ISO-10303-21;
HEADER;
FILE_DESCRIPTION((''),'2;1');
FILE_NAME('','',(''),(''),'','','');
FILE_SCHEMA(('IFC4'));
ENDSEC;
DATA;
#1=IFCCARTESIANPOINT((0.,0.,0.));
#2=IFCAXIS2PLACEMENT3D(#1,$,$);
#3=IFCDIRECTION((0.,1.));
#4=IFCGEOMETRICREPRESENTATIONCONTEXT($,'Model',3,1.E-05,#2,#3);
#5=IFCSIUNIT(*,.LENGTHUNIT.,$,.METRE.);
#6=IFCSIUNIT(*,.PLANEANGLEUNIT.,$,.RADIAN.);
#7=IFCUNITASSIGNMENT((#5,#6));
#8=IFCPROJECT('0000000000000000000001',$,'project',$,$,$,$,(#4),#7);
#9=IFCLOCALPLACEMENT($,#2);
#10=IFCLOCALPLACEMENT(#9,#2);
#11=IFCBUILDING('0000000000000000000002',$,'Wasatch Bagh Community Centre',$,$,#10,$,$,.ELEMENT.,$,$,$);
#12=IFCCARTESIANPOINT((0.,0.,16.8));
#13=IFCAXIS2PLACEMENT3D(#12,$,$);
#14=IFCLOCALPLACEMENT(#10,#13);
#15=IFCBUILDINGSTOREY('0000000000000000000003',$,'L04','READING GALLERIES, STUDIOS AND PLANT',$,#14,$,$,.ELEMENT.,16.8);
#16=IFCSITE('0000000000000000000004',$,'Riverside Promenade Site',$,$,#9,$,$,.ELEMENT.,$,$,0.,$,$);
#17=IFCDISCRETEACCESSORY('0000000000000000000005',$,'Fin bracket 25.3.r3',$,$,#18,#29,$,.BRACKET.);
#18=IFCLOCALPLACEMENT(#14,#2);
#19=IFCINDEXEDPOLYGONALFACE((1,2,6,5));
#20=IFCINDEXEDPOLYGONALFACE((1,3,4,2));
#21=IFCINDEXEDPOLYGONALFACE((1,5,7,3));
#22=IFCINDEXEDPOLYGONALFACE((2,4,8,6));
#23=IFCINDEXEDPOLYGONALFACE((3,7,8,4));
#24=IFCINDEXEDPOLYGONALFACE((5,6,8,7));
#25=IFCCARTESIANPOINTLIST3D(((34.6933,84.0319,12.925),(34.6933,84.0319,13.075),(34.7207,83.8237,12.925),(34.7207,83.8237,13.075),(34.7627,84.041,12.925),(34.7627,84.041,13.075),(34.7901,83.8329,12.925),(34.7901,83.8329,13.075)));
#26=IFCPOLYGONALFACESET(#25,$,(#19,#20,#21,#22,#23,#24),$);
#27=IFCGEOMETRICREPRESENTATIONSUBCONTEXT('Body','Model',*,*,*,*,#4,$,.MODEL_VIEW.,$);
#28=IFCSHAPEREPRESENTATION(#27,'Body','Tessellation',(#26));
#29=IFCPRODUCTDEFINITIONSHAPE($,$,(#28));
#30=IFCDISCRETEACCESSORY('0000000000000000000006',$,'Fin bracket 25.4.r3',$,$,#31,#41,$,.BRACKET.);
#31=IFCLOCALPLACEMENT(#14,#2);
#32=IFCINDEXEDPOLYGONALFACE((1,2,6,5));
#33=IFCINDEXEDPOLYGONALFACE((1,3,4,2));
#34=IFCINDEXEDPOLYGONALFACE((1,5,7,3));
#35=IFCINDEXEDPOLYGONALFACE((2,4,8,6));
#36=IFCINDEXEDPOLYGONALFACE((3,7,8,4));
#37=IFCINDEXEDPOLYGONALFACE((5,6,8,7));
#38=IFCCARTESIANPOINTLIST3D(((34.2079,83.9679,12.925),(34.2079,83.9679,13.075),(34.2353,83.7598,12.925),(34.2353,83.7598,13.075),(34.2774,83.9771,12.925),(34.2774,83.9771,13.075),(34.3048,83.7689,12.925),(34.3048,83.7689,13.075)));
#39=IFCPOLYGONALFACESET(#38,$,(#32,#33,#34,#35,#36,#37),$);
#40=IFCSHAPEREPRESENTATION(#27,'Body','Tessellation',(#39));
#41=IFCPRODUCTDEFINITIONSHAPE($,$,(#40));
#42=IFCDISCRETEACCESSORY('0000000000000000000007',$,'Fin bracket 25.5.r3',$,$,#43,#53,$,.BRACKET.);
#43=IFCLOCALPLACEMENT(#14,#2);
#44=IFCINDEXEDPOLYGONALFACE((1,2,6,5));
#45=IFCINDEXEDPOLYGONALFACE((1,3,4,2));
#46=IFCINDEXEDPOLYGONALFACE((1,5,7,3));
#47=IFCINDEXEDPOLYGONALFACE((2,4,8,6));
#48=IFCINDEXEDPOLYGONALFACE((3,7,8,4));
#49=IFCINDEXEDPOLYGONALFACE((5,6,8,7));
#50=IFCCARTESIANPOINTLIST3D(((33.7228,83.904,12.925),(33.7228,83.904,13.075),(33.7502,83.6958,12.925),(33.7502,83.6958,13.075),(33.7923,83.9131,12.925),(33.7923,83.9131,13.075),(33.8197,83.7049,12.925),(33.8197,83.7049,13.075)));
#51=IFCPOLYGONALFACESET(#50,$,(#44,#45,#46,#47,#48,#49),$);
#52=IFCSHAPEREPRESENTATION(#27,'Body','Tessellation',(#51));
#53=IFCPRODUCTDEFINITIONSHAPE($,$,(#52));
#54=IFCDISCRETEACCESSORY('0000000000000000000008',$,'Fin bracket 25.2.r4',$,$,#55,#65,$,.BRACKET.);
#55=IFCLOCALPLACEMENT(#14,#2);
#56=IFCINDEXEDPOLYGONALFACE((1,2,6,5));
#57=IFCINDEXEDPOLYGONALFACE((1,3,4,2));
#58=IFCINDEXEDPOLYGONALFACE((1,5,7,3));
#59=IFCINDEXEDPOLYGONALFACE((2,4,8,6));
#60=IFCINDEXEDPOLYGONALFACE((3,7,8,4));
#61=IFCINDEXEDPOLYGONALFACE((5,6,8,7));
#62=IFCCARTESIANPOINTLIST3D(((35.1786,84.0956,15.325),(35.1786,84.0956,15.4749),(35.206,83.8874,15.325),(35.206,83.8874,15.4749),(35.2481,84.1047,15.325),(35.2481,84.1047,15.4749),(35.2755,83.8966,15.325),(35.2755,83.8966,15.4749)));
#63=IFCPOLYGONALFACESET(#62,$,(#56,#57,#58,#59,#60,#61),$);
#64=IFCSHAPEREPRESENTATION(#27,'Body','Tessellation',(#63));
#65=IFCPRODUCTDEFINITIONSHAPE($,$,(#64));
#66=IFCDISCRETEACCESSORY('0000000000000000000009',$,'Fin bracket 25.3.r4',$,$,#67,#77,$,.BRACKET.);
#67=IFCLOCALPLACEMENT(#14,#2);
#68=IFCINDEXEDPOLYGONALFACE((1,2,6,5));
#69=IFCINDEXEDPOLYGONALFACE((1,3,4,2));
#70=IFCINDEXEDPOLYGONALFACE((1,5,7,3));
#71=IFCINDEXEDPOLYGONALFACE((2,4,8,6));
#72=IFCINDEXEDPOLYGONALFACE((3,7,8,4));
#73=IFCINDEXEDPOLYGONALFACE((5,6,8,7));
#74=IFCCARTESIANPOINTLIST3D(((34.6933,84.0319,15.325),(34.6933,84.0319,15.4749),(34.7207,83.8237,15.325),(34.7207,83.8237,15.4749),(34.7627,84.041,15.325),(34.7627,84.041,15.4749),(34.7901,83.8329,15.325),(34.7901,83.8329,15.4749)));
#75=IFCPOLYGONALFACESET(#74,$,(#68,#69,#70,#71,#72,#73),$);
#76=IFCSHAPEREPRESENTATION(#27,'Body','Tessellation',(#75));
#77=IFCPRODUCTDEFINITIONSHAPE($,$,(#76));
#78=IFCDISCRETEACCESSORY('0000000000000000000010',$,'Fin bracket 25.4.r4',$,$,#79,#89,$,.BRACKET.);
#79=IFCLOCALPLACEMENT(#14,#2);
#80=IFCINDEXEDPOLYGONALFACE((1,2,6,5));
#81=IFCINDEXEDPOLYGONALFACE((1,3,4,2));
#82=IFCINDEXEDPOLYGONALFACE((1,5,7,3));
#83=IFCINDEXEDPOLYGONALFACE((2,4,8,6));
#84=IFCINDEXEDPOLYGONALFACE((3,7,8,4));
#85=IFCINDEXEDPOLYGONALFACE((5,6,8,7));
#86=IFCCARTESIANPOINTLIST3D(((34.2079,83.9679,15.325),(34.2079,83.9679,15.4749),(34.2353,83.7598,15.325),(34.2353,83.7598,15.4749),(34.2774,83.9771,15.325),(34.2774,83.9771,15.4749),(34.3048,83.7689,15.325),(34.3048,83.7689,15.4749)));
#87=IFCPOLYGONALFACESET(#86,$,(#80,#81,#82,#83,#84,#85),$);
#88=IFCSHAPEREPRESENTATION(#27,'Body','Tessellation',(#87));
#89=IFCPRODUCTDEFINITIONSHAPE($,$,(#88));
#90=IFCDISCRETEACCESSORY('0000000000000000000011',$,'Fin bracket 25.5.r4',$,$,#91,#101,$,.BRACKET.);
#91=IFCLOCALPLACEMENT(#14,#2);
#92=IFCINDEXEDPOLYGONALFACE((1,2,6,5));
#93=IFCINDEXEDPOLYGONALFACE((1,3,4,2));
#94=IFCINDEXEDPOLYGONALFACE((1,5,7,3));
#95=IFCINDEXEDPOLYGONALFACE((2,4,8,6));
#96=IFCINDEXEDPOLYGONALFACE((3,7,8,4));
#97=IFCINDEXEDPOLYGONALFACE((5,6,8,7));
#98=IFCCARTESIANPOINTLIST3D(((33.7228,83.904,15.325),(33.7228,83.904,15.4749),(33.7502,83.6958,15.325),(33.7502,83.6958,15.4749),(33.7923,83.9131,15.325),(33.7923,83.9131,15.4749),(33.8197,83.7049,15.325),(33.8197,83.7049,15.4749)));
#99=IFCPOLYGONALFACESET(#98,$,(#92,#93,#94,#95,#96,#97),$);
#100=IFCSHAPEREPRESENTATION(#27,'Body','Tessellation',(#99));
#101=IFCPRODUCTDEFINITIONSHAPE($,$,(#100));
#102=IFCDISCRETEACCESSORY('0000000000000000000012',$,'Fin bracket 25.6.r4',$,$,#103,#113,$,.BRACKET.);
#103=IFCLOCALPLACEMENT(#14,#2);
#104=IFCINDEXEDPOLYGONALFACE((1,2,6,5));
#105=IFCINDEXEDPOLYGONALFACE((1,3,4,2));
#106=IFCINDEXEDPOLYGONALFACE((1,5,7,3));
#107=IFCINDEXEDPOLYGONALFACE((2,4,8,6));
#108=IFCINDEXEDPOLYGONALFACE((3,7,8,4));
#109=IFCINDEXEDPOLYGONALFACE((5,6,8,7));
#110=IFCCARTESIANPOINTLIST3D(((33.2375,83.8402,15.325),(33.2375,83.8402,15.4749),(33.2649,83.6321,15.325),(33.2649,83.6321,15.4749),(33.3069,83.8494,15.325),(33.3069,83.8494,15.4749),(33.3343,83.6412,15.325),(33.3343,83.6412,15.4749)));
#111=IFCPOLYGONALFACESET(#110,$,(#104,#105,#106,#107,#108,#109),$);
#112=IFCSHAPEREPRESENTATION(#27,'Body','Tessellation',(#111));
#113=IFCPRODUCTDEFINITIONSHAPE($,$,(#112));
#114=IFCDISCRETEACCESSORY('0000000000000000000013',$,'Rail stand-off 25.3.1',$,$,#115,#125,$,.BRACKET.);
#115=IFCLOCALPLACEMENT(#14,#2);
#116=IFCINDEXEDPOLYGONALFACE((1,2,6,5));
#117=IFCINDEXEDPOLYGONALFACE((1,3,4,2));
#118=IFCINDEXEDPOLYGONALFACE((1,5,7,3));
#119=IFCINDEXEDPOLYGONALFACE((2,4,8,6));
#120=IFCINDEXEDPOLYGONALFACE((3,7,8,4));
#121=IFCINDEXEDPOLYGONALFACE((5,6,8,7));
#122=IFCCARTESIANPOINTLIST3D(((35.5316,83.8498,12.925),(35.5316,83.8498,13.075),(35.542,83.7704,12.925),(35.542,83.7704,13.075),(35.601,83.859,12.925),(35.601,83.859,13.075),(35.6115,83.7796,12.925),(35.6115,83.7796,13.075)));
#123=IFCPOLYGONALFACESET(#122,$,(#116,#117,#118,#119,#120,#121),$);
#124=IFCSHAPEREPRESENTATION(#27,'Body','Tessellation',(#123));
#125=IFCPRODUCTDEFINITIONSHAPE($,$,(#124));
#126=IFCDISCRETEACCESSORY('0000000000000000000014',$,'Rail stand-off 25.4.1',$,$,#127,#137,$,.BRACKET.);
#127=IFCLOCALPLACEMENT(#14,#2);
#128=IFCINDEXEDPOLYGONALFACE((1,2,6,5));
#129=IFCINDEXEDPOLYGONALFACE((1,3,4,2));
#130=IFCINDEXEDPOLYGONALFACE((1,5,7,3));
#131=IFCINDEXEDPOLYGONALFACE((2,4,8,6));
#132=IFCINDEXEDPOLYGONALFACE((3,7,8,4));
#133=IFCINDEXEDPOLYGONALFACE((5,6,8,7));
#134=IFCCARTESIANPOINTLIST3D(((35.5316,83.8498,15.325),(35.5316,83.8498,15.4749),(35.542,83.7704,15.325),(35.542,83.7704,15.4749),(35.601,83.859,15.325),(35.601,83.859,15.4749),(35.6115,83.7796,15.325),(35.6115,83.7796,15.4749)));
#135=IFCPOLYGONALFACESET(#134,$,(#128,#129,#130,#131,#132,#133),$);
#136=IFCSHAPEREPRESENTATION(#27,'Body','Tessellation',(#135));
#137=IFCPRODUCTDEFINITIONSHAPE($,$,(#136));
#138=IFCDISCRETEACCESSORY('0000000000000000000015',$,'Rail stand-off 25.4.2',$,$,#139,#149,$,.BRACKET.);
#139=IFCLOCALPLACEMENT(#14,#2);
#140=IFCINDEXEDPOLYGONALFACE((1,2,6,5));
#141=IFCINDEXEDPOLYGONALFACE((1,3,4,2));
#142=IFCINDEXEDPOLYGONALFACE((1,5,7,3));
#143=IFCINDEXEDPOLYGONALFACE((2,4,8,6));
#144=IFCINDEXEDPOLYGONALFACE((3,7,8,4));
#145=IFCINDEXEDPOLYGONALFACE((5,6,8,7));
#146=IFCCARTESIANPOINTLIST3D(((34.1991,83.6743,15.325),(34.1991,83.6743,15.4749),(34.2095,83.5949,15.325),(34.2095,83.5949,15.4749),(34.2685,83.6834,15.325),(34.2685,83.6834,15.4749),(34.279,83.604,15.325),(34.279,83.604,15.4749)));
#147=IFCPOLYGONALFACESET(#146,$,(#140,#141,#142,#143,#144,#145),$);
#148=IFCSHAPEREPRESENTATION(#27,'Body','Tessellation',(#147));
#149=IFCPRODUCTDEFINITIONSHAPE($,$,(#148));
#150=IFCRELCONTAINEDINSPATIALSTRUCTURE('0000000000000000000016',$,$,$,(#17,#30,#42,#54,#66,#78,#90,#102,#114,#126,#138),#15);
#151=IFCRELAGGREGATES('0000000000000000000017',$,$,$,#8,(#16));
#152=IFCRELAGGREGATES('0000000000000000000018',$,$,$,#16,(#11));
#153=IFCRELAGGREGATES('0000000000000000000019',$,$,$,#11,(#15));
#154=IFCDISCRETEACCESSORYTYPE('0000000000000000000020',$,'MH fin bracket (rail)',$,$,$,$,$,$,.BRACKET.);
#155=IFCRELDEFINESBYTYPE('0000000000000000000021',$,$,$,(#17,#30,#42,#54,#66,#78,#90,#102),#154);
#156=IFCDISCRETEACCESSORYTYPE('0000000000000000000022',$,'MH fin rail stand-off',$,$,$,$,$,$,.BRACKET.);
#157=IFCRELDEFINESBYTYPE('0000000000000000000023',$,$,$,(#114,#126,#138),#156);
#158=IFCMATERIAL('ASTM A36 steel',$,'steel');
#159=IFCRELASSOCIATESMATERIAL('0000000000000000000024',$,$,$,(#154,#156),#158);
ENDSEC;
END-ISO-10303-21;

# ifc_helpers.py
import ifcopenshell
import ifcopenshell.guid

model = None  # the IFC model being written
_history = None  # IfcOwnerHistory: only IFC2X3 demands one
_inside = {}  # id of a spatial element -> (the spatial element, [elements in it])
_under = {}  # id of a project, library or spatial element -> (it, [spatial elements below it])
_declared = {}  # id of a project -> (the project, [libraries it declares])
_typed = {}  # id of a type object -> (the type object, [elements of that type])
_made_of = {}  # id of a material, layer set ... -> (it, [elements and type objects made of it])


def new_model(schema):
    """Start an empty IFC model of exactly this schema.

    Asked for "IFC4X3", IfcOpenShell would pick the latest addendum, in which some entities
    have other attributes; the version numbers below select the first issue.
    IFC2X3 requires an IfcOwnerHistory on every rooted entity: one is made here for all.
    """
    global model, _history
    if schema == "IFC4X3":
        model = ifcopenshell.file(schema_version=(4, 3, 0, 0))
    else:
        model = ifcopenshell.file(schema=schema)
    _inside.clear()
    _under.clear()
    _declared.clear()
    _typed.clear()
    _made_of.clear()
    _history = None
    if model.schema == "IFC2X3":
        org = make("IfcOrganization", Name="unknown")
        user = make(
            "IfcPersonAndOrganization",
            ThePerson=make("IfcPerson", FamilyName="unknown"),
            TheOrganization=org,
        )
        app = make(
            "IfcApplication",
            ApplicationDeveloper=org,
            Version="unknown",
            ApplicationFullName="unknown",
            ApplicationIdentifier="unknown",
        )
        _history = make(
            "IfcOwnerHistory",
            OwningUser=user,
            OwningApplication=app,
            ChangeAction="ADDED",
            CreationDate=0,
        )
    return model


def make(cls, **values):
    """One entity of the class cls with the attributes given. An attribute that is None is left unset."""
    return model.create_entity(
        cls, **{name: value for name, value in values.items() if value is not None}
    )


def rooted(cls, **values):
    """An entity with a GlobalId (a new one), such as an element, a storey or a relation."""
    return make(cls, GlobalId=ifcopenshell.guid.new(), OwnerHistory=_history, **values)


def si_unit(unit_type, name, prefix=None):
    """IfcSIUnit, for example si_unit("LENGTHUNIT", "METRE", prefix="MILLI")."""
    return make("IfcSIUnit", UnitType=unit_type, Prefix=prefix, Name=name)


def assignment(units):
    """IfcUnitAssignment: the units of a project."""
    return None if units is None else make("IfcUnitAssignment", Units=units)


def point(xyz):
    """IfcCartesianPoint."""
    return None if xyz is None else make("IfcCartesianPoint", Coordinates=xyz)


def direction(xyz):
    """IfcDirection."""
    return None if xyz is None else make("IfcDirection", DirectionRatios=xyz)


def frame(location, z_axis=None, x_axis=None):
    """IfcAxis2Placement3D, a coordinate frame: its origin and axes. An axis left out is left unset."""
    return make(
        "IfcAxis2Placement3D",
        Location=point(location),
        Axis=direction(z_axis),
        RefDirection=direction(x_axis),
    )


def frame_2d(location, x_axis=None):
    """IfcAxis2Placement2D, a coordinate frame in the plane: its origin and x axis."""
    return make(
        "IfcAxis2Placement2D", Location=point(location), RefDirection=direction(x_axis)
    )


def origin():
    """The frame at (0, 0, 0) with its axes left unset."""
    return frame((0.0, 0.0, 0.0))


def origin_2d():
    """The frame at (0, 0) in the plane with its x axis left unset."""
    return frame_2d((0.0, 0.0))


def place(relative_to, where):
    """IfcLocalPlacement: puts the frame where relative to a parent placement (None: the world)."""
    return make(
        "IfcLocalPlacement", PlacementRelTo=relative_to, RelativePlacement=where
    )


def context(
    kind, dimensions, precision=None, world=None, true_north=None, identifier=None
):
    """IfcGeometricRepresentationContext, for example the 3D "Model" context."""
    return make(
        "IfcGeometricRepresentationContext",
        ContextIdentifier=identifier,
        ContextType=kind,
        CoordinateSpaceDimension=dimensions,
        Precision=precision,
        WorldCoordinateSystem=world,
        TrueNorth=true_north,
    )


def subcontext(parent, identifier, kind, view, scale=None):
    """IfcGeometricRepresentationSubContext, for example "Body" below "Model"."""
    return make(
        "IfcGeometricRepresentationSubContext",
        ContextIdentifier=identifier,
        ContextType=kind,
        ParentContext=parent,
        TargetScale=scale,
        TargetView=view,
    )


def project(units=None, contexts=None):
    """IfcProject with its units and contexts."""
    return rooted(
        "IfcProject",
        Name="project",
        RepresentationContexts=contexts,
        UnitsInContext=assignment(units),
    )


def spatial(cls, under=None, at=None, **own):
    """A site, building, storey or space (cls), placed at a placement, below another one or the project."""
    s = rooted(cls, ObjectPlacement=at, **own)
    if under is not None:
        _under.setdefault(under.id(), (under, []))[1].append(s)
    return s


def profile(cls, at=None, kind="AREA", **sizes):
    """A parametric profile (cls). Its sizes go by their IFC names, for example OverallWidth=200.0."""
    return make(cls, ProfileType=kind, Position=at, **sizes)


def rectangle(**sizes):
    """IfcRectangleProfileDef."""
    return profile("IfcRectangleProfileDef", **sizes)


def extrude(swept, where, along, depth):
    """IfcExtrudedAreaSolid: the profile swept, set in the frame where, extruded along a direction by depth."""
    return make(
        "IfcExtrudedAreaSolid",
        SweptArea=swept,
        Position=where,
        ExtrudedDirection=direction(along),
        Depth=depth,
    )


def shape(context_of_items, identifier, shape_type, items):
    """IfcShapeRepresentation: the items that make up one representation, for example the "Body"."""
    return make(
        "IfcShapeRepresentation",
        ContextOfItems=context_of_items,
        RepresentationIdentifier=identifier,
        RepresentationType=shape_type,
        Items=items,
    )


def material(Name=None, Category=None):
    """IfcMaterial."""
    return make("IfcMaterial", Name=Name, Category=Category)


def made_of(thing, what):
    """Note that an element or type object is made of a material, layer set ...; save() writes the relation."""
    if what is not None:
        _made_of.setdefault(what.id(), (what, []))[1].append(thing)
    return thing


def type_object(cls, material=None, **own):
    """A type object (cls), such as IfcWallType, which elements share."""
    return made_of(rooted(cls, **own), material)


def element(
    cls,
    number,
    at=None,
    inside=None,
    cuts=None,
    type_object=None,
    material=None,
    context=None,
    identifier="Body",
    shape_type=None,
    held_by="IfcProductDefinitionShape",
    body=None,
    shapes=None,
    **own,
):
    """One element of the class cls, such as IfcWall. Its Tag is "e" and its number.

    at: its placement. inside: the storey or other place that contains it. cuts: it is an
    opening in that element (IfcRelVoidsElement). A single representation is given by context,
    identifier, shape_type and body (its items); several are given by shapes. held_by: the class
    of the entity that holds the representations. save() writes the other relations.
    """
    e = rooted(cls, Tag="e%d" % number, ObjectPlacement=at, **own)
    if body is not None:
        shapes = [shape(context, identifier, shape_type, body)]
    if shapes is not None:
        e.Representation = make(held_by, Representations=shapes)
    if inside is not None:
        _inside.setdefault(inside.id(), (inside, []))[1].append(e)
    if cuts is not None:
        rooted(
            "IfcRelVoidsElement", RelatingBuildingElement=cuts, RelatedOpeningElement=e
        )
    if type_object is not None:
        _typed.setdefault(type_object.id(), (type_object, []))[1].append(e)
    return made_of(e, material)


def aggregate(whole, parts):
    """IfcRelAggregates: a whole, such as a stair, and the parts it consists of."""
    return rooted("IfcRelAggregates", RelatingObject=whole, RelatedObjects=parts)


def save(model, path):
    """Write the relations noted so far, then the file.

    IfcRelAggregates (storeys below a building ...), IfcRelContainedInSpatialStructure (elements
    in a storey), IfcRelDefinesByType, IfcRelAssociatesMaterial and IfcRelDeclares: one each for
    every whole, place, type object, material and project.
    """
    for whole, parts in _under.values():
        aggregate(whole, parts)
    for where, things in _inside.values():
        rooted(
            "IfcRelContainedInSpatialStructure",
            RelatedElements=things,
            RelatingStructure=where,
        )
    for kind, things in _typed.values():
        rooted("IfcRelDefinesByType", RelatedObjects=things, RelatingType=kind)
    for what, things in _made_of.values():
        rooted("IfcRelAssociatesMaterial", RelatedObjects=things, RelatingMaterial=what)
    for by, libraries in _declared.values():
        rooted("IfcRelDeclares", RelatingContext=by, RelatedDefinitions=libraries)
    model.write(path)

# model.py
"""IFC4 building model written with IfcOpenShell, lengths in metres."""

from ifc_helpers import new_model, si_unit, direction, frame, origin, origin_2d, place, context, subcontext, project, spatial, rectangle, extrude, material, type_object, element, save


model = new_model("IFC4")

# Units and contexts
model_context = context("Model", 3, precision=1e-05, world=origin(), true_north=direction((0.0, 1.0)))
body_context = subcontext(model_context, "Body", "Model", "MODEL_VIEW")
ifc_project = project(units=[si_unit("LENGTHUNIT", "METRE"), si_unit("PLANEANGLEUNIT", "RADIAN")], contexts=[model_context])

# Site, building, storey
site_placement = place(None, origin())
site = spatial("IfcSite", under=ifc_project, at=site_placement, Name="Riverside Promenade Site", CompositionType="ELEMENT", RefElevation=0.0)
building_placement = place(site_placement, origin())
building = spatial("IfcBuilding", under=site, at=building_placement, Name="Wasatch Bagh Community Centre", CompositionType="ELEMENT")
storey_placement = place(building_placement, frame((0.0, 0.0, 16.8)))
storey = spatial("IfcBuildingStorey", under=building, at=storey_placement, Name="L04", Description="READING GALLERIES, STUDIOS AND PLANT", CompositionType="ELEMENT", Elevation=16.8)

# Discrete accessories
ifc_material_1 = material(Name="ASTM A36 steel", Category="steel")
discrete_accessory_type_1 = type_object("IfcDiscreteAccessoryType", Name="MH fin bracket (rail)", PredefinedType="BRACKET", material=ifc_material_1)
for number, where, z_axis, x_axis, name in (
    (1, (34.7417, 83.9324, 12.925), (0.0, 0.0, 1.0), (-0.991445, -0.130526, 0.0), "Fin bracket 25.3.r3"),
    (2, (34.2563, 83.8684, 12.925), (0.0, 0.0, 1.0), (-0.991445, -0.130526, 0.0), "Fin bracket 25.4.r3"),
    (3, (33.7712, 83.8044, 12.925), (0.0, 0.0, 1.0), (-0.991445, -0.130526, 0.0), "Fin bracket 25.5.r3"),
    (4, (35.2271, 83.9961, 15.325), (0.0, 0.0, 1.0), (-0.991445, -0.130526, 0.0), "Fin bracket 25.2.r4"),
    (5, (34.7417, 83.9324, 15.325), (0.0, 0.0, 1.0), (-0.991445, -0.130526, 0.0), "Fin bracket 25.3.r4"),
    (6, (34.2563, 83.8684, 15.325), (0.0, 0.0, 1.0), (-0.991445, -0.130526, 0.0), "Fin bracket 25.4.r4"),
    (7, (33.7712, 83.8044, 15.325), (0.0, 0.0, 1.0), (-0.991445, -0.130526, 0.0), "Fin bracket 25.5.r4"),
    (8, (33.2859, 83.7407, 15.325), (0.0, 0.0, 1.0), (-0.991445, -0.130526, 0.0), "Fin bracket 25.6.r4"),
):
    element("IfcDiscreteAccessory", number, at=place(storey_placement, frame(where, z_axis=z_axis, x_axis=x_axis)), inside=storey, type_object=discrete_accessory_type_1, Name=name, PredefinedType="BRACKET", context=body_context, shape_type="SweptSolid", body=[
        extrude(rectangle(XDim=0.0701, YDim=0.21, at=origin_2d()), origin(), (0.0, 0.0, 1.0), 0.1499),
    ])
discrete_accessory_type_2 = type_object("IfcDiscreteAccessoryType", Name="MH fin rail stand-off", PredefinedType="BRACKET", material=ifc_material_1)
for number, where, z_axis, x_axis, name in (
    (9, (35.5715, 83.8147, 12.925), (0.0, 0.0, 1.0), (-0.991445, -0.130526, 0.0), "Rail stand-off 25.3.1"),
    (10, (35.5715, 83.8147, 15.325), (0.0, 0.0, 1.0), (-0.991445, -0.130526, 0.0), "Rail stand-off 25.4.1"),
    (11, (34.239, 83.6392, 15.325), (0.0, 0.0, 1.0), (-0.991445, -0.130526, 0.0), "Rail stand-off 25.4.2"),
):
    element("IfcDiscreteAccessory", number, at=place(storey_placement, frame(where, z_axis=z_axis, x_axis=x_axis)), inside=storey, type_object=discrete_accessory_type_2, Name=name, PredefinedType="BRACKET", context=body_context, shape_type="SweptSolid", body=[
        extrude(rectangle(XDim=0.0701, YDim=0.0801, at=origin_2d()), origin(), (0.0, 0.0, 1.0), 0.1499),
    ])

save(model, "model.ifc")
